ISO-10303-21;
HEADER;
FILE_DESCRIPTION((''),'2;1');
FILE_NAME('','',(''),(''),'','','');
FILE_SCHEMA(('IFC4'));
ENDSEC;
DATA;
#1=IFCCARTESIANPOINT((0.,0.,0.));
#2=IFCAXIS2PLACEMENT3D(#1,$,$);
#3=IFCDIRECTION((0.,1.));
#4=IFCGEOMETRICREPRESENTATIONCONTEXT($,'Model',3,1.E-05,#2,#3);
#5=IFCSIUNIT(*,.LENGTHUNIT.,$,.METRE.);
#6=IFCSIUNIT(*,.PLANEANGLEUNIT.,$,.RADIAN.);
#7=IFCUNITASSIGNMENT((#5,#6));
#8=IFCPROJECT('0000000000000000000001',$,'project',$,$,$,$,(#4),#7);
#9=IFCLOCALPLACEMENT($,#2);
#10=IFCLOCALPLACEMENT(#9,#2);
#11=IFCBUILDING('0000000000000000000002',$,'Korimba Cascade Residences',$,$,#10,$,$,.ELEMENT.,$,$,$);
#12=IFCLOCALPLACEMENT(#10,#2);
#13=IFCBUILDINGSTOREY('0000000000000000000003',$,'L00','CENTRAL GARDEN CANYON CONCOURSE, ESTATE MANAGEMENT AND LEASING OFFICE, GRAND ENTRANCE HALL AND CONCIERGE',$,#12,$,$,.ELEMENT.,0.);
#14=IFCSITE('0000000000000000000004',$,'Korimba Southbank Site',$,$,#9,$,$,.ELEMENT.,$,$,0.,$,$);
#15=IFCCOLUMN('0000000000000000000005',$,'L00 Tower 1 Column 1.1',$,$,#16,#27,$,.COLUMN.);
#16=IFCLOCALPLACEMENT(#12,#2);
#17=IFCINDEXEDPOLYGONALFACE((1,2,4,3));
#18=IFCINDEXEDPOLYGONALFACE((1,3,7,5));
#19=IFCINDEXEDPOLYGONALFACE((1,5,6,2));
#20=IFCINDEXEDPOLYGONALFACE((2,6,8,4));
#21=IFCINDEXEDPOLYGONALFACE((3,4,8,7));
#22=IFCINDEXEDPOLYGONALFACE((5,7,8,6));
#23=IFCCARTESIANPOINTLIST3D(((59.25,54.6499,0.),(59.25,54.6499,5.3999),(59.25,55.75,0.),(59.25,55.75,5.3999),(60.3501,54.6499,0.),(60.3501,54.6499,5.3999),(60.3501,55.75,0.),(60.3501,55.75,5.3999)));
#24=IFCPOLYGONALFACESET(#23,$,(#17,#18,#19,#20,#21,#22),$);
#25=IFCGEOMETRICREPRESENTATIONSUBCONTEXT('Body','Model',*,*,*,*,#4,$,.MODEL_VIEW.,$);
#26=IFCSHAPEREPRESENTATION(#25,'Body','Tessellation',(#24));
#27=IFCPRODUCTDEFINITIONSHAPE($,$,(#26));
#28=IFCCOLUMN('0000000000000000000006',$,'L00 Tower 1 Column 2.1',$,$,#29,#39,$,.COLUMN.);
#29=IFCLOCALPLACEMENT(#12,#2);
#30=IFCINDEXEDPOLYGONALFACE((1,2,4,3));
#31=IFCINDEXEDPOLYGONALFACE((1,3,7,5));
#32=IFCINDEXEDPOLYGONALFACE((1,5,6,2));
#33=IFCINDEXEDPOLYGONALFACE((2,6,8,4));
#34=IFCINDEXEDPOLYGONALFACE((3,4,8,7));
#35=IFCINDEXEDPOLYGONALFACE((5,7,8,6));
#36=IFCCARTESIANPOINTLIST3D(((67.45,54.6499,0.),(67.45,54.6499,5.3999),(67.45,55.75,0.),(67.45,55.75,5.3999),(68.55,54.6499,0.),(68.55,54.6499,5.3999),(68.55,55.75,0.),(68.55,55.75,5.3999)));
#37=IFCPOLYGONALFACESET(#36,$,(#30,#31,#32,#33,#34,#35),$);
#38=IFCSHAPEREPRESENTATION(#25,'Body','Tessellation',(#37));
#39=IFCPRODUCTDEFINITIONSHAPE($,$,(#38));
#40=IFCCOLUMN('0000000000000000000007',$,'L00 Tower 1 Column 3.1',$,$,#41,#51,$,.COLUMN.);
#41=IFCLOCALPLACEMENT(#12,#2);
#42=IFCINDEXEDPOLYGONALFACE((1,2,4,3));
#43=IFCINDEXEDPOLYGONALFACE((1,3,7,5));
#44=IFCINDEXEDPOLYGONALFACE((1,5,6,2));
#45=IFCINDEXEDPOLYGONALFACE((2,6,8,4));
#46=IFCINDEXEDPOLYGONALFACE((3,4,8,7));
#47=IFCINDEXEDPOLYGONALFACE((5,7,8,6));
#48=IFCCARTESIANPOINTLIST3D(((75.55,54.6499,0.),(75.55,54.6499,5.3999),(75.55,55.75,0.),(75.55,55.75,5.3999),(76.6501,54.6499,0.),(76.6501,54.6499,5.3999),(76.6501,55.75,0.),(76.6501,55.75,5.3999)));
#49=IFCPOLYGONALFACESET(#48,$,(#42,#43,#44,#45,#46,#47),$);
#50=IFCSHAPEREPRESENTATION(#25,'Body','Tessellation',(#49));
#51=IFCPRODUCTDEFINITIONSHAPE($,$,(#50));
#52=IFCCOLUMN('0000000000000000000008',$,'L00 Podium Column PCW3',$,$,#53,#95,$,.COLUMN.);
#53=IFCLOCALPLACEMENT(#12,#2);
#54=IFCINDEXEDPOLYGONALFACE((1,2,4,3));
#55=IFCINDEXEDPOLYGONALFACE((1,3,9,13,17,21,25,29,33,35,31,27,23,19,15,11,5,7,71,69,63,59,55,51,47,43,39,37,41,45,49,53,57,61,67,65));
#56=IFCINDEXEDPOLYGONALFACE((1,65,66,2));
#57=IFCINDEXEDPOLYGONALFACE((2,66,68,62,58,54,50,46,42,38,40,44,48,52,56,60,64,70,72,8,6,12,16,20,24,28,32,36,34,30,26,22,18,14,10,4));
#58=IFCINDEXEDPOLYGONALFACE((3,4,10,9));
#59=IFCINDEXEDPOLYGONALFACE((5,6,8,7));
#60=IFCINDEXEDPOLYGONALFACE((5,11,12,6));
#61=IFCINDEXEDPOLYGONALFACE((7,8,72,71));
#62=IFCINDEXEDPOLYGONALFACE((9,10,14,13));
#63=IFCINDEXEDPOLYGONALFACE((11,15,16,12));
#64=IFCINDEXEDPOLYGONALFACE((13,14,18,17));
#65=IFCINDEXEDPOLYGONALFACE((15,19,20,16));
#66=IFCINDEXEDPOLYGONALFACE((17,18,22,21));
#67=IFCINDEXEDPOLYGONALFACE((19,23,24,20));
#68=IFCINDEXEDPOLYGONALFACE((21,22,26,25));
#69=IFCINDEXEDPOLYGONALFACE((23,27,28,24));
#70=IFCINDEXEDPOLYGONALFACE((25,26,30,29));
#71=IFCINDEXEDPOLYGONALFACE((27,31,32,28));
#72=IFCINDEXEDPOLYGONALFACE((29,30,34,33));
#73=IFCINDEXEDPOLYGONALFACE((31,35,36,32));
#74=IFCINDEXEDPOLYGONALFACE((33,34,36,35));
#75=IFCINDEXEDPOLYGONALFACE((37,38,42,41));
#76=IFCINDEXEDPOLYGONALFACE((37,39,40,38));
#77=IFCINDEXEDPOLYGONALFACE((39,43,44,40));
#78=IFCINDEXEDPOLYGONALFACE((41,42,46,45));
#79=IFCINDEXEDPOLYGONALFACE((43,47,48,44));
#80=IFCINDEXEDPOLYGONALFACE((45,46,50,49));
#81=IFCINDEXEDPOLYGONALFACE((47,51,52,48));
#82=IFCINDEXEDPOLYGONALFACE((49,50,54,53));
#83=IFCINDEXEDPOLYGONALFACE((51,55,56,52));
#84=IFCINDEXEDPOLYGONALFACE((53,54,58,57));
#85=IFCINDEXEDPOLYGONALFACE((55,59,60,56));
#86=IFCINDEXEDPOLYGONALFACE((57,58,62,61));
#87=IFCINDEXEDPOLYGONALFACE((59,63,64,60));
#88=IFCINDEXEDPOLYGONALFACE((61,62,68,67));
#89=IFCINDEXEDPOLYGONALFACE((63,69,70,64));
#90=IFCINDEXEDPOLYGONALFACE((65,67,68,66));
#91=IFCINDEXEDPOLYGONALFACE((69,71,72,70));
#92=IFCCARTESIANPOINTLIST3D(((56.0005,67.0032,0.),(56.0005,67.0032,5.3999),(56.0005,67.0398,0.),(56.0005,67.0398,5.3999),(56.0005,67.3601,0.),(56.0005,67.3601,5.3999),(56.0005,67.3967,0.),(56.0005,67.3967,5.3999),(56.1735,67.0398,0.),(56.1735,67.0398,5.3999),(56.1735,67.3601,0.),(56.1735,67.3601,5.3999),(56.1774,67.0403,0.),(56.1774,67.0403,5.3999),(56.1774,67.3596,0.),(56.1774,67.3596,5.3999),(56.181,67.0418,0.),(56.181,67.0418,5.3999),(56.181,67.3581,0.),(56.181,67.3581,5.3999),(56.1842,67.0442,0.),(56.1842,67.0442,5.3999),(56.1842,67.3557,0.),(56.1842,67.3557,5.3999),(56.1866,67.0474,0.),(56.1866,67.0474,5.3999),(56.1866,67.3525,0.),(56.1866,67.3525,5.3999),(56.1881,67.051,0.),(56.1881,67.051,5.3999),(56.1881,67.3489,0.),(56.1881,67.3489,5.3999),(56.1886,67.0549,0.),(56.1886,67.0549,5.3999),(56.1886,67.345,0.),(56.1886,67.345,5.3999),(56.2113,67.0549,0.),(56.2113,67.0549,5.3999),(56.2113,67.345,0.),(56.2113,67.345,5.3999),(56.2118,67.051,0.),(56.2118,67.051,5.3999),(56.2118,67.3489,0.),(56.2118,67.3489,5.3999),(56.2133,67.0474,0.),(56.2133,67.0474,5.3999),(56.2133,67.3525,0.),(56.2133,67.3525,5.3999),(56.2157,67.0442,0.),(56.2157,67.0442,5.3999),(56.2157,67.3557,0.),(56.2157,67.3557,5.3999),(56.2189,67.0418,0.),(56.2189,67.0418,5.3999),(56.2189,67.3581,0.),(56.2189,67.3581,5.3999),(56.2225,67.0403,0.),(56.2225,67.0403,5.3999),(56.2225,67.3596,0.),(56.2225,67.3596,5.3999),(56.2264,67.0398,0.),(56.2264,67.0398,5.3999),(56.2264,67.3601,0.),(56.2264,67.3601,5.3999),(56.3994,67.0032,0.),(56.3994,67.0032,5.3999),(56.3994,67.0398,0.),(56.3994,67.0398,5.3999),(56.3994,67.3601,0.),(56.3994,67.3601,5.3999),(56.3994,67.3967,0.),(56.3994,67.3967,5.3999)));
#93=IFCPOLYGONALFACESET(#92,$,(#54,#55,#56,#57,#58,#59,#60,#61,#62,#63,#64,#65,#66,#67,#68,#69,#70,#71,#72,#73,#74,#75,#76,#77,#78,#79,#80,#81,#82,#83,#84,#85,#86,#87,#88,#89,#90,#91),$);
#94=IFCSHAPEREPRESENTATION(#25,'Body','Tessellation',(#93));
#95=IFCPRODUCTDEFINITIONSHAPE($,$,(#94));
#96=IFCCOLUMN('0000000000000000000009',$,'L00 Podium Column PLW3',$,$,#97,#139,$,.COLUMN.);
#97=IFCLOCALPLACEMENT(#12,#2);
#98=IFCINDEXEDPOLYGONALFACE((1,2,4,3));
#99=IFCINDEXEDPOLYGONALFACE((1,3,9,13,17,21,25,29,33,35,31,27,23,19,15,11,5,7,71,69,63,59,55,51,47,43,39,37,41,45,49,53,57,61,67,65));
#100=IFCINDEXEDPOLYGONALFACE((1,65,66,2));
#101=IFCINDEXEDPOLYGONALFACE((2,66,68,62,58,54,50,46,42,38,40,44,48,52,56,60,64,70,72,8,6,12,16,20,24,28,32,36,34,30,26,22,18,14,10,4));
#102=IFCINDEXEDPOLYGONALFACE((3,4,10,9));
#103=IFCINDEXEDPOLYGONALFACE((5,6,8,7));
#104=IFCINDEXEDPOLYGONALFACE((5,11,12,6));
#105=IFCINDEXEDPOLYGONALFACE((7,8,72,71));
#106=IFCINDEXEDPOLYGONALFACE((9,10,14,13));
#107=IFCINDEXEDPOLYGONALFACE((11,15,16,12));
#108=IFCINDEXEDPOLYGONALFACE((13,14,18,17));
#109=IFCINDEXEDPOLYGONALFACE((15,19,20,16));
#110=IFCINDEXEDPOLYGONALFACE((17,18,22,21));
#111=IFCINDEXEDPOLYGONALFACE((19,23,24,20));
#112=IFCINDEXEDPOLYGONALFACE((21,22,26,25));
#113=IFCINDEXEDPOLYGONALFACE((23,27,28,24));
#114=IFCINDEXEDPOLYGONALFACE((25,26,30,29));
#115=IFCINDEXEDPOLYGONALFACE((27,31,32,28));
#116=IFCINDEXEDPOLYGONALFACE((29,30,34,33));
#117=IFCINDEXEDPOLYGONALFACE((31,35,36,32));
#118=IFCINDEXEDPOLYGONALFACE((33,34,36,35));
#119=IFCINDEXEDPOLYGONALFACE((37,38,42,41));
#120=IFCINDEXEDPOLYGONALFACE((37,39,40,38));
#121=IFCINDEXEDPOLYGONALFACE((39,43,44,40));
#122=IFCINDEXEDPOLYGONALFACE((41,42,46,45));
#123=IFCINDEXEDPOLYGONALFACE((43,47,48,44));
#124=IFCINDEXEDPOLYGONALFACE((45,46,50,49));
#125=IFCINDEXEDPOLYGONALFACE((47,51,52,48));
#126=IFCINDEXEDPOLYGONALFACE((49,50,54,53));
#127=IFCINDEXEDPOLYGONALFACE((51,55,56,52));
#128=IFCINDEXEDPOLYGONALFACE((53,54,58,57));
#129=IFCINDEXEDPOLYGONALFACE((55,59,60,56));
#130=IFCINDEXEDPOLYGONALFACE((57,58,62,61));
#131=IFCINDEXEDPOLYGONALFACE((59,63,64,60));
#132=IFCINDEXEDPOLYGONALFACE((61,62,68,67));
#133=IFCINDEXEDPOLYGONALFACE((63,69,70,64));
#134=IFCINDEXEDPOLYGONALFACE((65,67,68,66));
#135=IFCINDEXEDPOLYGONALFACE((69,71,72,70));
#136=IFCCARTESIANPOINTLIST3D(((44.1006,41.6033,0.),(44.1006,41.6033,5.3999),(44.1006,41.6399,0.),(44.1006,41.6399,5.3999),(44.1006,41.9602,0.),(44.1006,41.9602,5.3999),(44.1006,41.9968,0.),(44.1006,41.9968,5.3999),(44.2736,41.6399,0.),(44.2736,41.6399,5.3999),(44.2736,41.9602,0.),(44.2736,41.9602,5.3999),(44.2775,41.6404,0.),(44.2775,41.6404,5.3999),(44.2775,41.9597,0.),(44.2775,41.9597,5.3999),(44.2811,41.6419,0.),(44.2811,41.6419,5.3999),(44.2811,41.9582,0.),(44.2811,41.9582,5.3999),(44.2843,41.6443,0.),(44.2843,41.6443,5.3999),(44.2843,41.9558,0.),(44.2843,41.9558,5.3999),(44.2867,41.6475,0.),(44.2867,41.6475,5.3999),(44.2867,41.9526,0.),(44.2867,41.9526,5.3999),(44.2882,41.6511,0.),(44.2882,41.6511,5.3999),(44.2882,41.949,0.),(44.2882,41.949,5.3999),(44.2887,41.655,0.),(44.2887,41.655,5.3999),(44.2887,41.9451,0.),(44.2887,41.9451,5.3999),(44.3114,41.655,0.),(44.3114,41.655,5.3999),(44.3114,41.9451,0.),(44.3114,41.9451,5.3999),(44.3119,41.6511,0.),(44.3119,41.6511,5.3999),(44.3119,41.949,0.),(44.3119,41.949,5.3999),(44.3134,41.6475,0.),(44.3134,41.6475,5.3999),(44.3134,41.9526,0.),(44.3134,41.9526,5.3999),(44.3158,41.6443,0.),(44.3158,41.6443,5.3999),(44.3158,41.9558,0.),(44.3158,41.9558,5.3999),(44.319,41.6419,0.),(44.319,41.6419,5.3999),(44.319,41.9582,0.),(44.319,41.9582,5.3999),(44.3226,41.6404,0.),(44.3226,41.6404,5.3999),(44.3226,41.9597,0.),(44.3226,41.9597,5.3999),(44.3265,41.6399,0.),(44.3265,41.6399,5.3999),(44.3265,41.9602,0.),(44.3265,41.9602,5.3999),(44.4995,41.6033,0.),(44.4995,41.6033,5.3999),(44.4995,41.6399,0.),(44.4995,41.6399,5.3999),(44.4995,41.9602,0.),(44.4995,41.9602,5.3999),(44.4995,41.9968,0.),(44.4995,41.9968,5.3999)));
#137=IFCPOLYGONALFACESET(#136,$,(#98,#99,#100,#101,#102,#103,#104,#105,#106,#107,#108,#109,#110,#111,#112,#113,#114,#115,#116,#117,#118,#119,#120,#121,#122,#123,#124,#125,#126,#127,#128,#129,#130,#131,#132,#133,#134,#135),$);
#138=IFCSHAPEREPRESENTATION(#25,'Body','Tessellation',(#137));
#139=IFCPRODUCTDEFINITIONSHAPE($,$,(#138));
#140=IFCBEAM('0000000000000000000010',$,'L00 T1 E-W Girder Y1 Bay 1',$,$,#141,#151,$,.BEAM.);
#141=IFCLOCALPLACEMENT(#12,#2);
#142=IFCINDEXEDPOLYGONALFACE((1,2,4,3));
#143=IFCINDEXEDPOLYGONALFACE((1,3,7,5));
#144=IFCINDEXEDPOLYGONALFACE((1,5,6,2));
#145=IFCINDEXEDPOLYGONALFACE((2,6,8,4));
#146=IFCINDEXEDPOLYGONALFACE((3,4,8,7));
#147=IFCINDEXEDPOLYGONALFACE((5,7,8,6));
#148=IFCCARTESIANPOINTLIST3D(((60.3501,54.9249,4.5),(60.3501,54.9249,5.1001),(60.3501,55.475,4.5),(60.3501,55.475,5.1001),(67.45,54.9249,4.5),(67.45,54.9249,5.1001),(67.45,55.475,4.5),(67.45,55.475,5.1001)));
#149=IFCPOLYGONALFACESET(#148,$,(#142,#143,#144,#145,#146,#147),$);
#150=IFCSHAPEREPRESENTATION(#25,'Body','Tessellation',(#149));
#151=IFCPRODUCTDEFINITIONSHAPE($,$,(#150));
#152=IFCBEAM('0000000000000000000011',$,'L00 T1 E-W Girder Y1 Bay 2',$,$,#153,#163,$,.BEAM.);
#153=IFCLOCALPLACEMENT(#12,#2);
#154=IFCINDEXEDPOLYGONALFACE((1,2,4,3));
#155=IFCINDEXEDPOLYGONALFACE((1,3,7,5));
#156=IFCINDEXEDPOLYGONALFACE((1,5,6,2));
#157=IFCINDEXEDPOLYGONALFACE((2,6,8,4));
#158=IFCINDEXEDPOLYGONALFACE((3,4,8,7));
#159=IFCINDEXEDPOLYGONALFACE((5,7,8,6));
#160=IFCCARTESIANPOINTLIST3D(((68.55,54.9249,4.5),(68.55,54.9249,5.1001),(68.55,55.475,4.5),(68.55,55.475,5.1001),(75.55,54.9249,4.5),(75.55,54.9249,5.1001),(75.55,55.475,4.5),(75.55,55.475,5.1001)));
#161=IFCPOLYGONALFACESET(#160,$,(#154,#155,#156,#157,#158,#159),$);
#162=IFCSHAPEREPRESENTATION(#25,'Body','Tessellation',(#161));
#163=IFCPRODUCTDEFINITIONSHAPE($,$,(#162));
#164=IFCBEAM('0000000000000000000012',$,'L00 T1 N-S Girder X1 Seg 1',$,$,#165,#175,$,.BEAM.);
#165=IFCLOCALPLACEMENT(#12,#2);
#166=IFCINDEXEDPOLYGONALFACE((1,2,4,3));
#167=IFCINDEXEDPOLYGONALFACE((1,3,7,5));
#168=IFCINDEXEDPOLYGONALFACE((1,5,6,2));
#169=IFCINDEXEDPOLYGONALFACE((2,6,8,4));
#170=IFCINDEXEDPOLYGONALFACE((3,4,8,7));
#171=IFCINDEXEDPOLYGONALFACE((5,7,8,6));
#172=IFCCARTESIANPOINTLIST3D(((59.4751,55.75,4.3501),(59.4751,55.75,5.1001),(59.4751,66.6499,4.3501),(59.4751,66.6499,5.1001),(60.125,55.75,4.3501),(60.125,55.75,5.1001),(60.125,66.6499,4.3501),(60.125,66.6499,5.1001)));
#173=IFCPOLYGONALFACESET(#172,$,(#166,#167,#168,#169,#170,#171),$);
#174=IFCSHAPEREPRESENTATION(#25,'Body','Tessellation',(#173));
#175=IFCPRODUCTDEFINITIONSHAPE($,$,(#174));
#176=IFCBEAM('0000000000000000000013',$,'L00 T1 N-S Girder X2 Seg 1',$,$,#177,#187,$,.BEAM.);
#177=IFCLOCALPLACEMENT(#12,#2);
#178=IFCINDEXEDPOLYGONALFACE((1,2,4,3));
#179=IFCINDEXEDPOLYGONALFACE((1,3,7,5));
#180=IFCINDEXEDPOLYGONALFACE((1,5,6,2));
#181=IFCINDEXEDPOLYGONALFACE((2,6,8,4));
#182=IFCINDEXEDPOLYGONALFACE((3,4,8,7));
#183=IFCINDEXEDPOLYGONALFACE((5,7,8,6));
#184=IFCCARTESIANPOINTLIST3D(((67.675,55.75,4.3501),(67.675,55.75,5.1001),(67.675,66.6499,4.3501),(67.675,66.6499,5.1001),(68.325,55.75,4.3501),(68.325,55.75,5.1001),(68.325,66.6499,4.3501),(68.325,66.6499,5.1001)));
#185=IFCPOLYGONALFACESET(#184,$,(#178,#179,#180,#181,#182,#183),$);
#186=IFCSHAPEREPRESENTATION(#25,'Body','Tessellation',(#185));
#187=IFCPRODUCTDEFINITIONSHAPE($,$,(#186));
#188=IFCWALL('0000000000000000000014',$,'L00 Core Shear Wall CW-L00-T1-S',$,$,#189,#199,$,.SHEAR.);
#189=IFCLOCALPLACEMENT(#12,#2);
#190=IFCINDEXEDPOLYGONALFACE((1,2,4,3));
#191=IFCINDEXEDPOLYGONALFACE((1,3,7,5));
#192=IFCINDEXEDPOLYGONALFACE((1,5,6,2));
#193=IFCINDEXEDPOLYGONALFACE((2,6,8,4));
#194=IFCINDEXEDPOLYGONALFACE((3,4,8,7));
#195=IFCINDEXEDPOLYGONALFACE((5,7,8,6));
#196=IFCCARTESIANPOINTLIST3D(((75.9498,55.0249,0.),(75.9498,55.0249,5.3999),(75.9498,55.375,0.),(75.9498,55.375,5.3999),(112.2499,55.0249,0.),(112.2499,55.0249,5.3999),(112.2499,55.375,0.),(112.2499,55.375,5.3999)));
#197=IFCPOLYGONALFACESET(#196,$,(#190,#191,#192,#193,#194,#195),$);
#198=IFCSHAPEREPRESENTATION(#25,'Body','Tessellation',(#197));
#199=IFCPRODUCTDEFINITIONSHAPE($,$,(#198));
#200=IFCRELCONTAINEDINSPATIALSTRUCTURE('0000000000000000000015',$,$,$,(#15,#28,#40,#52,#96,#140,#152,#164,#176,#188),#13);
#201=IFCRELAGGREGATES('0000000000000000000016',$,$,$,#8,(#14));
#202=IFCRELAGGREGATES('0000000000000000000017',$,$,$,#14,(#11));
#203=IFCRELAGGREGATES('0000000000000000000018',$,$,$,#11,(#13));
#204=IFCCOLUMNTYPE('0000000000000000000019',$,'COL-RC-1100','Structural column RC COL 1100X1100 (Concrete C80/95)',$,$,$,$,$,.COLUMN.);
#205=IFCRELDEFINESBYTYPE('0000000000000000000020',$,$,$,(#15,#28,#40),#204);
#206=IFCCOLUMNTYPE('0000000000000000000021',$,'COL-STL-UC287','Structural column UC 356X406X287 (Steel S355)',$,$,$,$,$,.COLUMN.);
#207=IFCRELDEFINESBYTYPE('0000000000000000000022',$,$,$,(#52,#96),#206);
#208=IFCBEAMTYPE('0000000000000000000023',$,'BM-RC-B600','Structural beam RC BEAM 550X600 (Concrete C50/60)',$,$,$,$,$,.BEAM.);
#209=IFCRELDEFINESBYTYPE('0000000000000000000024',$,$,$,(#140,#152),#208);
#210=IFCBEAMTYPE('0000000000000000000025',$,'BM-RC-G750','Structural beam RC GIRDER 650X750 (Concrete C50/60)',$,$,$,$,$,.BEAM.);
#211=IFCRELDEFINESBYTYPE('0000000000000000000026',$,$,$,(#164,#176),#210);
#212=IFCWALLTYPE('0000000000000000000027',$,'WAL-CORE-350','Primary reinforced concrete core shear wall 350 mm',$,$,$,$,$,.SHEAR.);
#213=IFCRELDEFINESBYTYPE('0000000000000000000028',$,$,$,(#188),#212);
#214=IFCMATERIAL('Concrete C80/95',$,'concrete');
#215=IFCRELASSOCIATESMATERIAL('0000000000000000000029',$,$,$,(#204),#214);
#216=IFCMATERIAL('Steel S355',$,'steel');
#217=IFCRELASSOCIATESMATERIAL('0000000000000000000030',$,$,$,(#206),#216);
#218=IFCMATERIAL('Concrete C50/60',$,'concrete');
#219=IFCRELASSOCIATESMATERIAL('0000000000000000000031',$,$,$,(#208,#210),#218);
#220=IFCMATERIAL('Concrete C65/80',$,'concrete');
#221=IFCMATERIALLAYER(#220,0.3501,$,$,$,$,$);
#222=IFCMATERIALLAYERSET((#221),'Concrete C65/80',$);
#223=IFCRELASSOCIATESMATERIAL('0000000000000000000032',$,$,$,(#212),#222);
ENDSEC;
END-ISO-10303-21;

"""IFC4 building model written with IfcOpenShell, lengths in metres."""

from ifc_helpers import new_model, si_unit, direction, frame, frame_2d, origin, origin_2d, place, context, subcontext, project, spatial, rectangle, i_section, extrude, material, layer, layer_set, material_profile, profile_set, type_object, element, save


model = new_model("IFC4")

# Units and contexts
model_context = context("Model", 3, precision=1e-05, world=origin(), true_north=direction((0.0, 1.0)))
body_context = subcontext(model_context, "Body", "Model", "MODEL_VIEW")
ifc_project = project(units=[si_unit("LENGTHUNIT", "METRE"), si_unit("PLANEANGLEUNIT", "RADIAN")], contexts=[model_context])

# Site, building, storey
site_placement = place(None, origin())
site = spatial("IfcSite", under=ifc_project, at=site_placement, Name="Korimba Southbank Site", CompositionType="ELEMENT", RefElevation=0.0)
building_placement = place(site_placement, origin())
building = spatial("IfcBuilding", under=site, at=building_placement, Name="Korimba Cascade Residences", CompositionType="ELEMENT")
storey_placement = place(building_placement, origin())
storey = spatial("IfcBuildingStorey", under=building, at=storey_placement, Name="L00", Description="CENTRAL GARDEN CANYON CONCOURSE, ESTATE MANAGEMENT AND LEASING OFFICE, GRAND ENTRANCE HALL AND CONCIERGE", CompositionType="ELEMENT", Elevation=0.0)

# Columns
ifc_material_1 = material(Name="Concrete C80/95", Category="concrete")
ifc_material_profile_1 = material_profile(ifc_material_1, rectangle(XDim=1.1001, YDim=1.1001, at=origin_2d()), Name="Concrete C80/95")
ifc_profile_set_1 = profile_set([ifc_material_profile_1], Name="Concrete C80/95")
column_type_1 = type_object("IfcColumnType", Name="COL-RC-1100", Description="Structural column RC COL 1100X1100 (Concrete C80/95)", PredefinedType="COLUMN", material=ifc_profile_set_1)
for number, where, z_axis, x_axis, name in (
    (1, (59.8, 55.2, 0.0), (0.0, 0.0, 1.0), (1.0, 0.0, 0.0), "L00 Tower 1 Column 1.1"),
    (2, (68.0, 55.2, 0.0), (0.0, 0.0, 1.0), (1.0, 0.0, 0.0), "L00 Tower 1 Column 2.1"),
    (3, (76.1001, 55.2, 0.0), (0.0, 0.0, 1.0), (1.0, 0.0, 0.0), "L00 Tower 1 Column 3.1"),
):
    element("IfcColumn", number, at=place(storey_placement, frame(where, z_axis=z_axis, x_axis=x_axis)), inside=storey, type_object=column_type_1, Name=name, PredefinedType="COLUMN", context=body_context, shape_type="SweptSolid", body=[
        extrude(rectangle(XDim=1.1001, YDim=1.1001, at=origin_2d()), origin(), (0.0, 0.0, 1.0), 5.3999),
    ])
ifc_material_2 = material(Name="Steel S355", Category="steel")
ifc_material_profile_2 = material_profile(ifc_material_2, i_section(OverallWidth=0.3989, OverallDepth=0.3936, WebThickness=0.0227, FlangeThickness=0.0366, FilletRadius=0.0151, at=origin_2d()), Name="Steel S355")
ifc_profile_set_2 = profile_set([ifc_material_profile_2], Name="Steel S355")
column_type_2 = type_object("IfcColumnType", Name="COL-STL-UC287", Description="Structural column UC 356X406X287 (Steel S355)", PredefinedType="COLUMN", material=ifc_profile_set_2)
for number, where, z_axis, x_axis, name in (
    (4, (56.2, 67.2, 0.0), (0.0, 0.0, 1.0), (1.0, 0.0, 0.0), "L00 Podium Column PCW3"),
    (5, (44.3, 41.8, 0.0), (0.0, 0.0, 1.0), (1.0, 0.0, 0.0), "L00 Podium Column PLW3"),
):
    element("IfcColumn", number, at=place(storey_placement, frame(where, z_axis=z_axis, x_axis=x_axis)), inside=storey, type_object=column_type_2, Name=name, PredefinedType="COLUMN", context=body_context, shape_type="SweptSolid", body=[
        extrude(i_section(OverallWidth=0.3989, OverallDepth=0.3936, WebThickness=0.0227, FlangeThickness=0.0366, FilletRadius=0.0151, at=origin_2d()), origin(), (0.0, 0.0, 1.0), 5.3999),
    ])

# Beams
ifc_material_3 = material(Name="Concrete C50/60", Category="concrete")
ifc_material_profile_3 = material_profile(ifc_material_3, rectangle(XDim=0.55, YDim=0.6001, at=origin_2d()), Name="Concrete C50/60")
ifc_profile_set_3 = profile_set([ifc_material_profile_3], Name="Concrete C50/60")
beam_type_1 = type_object("IfcBeamType", Name="BM-RC-B600", Description="Structural beam RC BEAM 550X600 (Concrete C50/60)", PredefinedType="BEAM", material=ifc_profile_set_3)
beam_1_placement = place(storey_placement, frame((60.3501, 55.2, 4.8), z_axis=(1.0, 0.0, 0.0), x_axis=(0.0, 1.0, 0.0)))
element("IfcBeam", 6, at=beam_1_placement, inside=storey, type_object=beam_type_1, Name="L00 T1 E-W Girder Y1 Bay 1", PredefinedType="BEAM", context=body_context, shape_type="SweptSolid", body=[
    extrude(rectangle(XDim=0.55, YDim=0.6001, at=origin_2d()), origin(), (0.0, 0.0, 1.0), 7.0999),
])
beam_2_placement = place(storey_placement, frame((68.55, 55.2, 4.8), z_axis=(1.0, 0.0, 0.0), x_axis=(0.0, 1.0, 0.0)))
element("IfcBeam", 7, at=beam_2_placement, inside=storey, type_object=beam_type_1, Name="L00 T1 E-W Girder Y1 Bay 2", PredefinedType="BEAM", context=body_context, shape_type="SweptSolid", body=[
    extrude(rectangle(XDim=0.55, YDim=0.6001, at=origin_2d()), origin(), (0.0, 0.0, 1.0), 7.0),
])
ifc_material_profile_4 = material_profile(ifc_material_3, rectangle(XDim=0.6499, YDim=0.75, at=origin_2d()), Name="Concrete C50/60")
ifc_profile_set_4 = profile_set([ifc_material_profile_4], Name="Concrete C50/60")
beam_type_2 = type_object("IfcBeamType", Name="BM-RC-G750", Description="Structural beam RC GIRDER 650X750 (Concrete C50/60)", PredefinedType="BEAM", material=ifc_profile_set_4)
for number, where, z_axis, x_axis, name in (
    (8, (59.8, 55.75, 4.7251), (0.0, 1.0, 0.0), (-1.0, 0.0, 0.0), "L00 T1 N-S Girder X1 Seg 1"),
    (9, (68.0, 55.75, 4.7251), (0.0, 1.0, 0.0), (-1.0, 0.0, 0.0), "L00 T1 N-S Girder X2 Seg 1"),
):
    element("IfcBeam", number, at=place(storey_placement, frame(where, z_axis=z_axis, x_axis=x_axis)), inside=storey, type_object=beam_type_2, Name=name, PredefinedType="BEAM", context=body_context, shape_type="SweptSolid", body=[
        extrude(rectangle(XDim=0.6499, YDim=0.75, at=origin_2d()), origin(), (0.0, 0.0, 1.0), 10.8999),
    ])

# Wall
ifc_material_4 = material(Name="Concrete C65/80", Category="concrete")
ifc_layer_1 = layer(ifc_material_4, 0.3501)
ifc_layer_set_1 = layer_set([ifc_layer_1], Name="Concrete C65/80")
wall_type_1 = type_object("IfcWallType", Name="WAL-CORE-350", Description="Primary reinforced concrete core shear wall 350 mm", PredefinedType="SHEAR", material=ifc_layer_set_1)
wall_1_placement = place(storey_placement, frame((75.95, 55.2, 0.0), z_axis=(0.0, 0.0, 1.0), x_axis=(1.0, 0.0, 0.0)))
element("IfcWall", 10, at=wall_1_placement, inside=storey, type_object=wall_type_1, Name="L00 Core Shear Wall CW-L00-T1-S", PredefinedType="SHEAR", context=body_context, shape_type="SweptSolid", body=[
    extrude(rectangle(XDim=36.3, YDim=0.3501, at=frame_2d((18.1499, 0.0))), origin(), (0.0, 0.0, 1.0), 5.3999),
])

save(model, "model.ifc")
